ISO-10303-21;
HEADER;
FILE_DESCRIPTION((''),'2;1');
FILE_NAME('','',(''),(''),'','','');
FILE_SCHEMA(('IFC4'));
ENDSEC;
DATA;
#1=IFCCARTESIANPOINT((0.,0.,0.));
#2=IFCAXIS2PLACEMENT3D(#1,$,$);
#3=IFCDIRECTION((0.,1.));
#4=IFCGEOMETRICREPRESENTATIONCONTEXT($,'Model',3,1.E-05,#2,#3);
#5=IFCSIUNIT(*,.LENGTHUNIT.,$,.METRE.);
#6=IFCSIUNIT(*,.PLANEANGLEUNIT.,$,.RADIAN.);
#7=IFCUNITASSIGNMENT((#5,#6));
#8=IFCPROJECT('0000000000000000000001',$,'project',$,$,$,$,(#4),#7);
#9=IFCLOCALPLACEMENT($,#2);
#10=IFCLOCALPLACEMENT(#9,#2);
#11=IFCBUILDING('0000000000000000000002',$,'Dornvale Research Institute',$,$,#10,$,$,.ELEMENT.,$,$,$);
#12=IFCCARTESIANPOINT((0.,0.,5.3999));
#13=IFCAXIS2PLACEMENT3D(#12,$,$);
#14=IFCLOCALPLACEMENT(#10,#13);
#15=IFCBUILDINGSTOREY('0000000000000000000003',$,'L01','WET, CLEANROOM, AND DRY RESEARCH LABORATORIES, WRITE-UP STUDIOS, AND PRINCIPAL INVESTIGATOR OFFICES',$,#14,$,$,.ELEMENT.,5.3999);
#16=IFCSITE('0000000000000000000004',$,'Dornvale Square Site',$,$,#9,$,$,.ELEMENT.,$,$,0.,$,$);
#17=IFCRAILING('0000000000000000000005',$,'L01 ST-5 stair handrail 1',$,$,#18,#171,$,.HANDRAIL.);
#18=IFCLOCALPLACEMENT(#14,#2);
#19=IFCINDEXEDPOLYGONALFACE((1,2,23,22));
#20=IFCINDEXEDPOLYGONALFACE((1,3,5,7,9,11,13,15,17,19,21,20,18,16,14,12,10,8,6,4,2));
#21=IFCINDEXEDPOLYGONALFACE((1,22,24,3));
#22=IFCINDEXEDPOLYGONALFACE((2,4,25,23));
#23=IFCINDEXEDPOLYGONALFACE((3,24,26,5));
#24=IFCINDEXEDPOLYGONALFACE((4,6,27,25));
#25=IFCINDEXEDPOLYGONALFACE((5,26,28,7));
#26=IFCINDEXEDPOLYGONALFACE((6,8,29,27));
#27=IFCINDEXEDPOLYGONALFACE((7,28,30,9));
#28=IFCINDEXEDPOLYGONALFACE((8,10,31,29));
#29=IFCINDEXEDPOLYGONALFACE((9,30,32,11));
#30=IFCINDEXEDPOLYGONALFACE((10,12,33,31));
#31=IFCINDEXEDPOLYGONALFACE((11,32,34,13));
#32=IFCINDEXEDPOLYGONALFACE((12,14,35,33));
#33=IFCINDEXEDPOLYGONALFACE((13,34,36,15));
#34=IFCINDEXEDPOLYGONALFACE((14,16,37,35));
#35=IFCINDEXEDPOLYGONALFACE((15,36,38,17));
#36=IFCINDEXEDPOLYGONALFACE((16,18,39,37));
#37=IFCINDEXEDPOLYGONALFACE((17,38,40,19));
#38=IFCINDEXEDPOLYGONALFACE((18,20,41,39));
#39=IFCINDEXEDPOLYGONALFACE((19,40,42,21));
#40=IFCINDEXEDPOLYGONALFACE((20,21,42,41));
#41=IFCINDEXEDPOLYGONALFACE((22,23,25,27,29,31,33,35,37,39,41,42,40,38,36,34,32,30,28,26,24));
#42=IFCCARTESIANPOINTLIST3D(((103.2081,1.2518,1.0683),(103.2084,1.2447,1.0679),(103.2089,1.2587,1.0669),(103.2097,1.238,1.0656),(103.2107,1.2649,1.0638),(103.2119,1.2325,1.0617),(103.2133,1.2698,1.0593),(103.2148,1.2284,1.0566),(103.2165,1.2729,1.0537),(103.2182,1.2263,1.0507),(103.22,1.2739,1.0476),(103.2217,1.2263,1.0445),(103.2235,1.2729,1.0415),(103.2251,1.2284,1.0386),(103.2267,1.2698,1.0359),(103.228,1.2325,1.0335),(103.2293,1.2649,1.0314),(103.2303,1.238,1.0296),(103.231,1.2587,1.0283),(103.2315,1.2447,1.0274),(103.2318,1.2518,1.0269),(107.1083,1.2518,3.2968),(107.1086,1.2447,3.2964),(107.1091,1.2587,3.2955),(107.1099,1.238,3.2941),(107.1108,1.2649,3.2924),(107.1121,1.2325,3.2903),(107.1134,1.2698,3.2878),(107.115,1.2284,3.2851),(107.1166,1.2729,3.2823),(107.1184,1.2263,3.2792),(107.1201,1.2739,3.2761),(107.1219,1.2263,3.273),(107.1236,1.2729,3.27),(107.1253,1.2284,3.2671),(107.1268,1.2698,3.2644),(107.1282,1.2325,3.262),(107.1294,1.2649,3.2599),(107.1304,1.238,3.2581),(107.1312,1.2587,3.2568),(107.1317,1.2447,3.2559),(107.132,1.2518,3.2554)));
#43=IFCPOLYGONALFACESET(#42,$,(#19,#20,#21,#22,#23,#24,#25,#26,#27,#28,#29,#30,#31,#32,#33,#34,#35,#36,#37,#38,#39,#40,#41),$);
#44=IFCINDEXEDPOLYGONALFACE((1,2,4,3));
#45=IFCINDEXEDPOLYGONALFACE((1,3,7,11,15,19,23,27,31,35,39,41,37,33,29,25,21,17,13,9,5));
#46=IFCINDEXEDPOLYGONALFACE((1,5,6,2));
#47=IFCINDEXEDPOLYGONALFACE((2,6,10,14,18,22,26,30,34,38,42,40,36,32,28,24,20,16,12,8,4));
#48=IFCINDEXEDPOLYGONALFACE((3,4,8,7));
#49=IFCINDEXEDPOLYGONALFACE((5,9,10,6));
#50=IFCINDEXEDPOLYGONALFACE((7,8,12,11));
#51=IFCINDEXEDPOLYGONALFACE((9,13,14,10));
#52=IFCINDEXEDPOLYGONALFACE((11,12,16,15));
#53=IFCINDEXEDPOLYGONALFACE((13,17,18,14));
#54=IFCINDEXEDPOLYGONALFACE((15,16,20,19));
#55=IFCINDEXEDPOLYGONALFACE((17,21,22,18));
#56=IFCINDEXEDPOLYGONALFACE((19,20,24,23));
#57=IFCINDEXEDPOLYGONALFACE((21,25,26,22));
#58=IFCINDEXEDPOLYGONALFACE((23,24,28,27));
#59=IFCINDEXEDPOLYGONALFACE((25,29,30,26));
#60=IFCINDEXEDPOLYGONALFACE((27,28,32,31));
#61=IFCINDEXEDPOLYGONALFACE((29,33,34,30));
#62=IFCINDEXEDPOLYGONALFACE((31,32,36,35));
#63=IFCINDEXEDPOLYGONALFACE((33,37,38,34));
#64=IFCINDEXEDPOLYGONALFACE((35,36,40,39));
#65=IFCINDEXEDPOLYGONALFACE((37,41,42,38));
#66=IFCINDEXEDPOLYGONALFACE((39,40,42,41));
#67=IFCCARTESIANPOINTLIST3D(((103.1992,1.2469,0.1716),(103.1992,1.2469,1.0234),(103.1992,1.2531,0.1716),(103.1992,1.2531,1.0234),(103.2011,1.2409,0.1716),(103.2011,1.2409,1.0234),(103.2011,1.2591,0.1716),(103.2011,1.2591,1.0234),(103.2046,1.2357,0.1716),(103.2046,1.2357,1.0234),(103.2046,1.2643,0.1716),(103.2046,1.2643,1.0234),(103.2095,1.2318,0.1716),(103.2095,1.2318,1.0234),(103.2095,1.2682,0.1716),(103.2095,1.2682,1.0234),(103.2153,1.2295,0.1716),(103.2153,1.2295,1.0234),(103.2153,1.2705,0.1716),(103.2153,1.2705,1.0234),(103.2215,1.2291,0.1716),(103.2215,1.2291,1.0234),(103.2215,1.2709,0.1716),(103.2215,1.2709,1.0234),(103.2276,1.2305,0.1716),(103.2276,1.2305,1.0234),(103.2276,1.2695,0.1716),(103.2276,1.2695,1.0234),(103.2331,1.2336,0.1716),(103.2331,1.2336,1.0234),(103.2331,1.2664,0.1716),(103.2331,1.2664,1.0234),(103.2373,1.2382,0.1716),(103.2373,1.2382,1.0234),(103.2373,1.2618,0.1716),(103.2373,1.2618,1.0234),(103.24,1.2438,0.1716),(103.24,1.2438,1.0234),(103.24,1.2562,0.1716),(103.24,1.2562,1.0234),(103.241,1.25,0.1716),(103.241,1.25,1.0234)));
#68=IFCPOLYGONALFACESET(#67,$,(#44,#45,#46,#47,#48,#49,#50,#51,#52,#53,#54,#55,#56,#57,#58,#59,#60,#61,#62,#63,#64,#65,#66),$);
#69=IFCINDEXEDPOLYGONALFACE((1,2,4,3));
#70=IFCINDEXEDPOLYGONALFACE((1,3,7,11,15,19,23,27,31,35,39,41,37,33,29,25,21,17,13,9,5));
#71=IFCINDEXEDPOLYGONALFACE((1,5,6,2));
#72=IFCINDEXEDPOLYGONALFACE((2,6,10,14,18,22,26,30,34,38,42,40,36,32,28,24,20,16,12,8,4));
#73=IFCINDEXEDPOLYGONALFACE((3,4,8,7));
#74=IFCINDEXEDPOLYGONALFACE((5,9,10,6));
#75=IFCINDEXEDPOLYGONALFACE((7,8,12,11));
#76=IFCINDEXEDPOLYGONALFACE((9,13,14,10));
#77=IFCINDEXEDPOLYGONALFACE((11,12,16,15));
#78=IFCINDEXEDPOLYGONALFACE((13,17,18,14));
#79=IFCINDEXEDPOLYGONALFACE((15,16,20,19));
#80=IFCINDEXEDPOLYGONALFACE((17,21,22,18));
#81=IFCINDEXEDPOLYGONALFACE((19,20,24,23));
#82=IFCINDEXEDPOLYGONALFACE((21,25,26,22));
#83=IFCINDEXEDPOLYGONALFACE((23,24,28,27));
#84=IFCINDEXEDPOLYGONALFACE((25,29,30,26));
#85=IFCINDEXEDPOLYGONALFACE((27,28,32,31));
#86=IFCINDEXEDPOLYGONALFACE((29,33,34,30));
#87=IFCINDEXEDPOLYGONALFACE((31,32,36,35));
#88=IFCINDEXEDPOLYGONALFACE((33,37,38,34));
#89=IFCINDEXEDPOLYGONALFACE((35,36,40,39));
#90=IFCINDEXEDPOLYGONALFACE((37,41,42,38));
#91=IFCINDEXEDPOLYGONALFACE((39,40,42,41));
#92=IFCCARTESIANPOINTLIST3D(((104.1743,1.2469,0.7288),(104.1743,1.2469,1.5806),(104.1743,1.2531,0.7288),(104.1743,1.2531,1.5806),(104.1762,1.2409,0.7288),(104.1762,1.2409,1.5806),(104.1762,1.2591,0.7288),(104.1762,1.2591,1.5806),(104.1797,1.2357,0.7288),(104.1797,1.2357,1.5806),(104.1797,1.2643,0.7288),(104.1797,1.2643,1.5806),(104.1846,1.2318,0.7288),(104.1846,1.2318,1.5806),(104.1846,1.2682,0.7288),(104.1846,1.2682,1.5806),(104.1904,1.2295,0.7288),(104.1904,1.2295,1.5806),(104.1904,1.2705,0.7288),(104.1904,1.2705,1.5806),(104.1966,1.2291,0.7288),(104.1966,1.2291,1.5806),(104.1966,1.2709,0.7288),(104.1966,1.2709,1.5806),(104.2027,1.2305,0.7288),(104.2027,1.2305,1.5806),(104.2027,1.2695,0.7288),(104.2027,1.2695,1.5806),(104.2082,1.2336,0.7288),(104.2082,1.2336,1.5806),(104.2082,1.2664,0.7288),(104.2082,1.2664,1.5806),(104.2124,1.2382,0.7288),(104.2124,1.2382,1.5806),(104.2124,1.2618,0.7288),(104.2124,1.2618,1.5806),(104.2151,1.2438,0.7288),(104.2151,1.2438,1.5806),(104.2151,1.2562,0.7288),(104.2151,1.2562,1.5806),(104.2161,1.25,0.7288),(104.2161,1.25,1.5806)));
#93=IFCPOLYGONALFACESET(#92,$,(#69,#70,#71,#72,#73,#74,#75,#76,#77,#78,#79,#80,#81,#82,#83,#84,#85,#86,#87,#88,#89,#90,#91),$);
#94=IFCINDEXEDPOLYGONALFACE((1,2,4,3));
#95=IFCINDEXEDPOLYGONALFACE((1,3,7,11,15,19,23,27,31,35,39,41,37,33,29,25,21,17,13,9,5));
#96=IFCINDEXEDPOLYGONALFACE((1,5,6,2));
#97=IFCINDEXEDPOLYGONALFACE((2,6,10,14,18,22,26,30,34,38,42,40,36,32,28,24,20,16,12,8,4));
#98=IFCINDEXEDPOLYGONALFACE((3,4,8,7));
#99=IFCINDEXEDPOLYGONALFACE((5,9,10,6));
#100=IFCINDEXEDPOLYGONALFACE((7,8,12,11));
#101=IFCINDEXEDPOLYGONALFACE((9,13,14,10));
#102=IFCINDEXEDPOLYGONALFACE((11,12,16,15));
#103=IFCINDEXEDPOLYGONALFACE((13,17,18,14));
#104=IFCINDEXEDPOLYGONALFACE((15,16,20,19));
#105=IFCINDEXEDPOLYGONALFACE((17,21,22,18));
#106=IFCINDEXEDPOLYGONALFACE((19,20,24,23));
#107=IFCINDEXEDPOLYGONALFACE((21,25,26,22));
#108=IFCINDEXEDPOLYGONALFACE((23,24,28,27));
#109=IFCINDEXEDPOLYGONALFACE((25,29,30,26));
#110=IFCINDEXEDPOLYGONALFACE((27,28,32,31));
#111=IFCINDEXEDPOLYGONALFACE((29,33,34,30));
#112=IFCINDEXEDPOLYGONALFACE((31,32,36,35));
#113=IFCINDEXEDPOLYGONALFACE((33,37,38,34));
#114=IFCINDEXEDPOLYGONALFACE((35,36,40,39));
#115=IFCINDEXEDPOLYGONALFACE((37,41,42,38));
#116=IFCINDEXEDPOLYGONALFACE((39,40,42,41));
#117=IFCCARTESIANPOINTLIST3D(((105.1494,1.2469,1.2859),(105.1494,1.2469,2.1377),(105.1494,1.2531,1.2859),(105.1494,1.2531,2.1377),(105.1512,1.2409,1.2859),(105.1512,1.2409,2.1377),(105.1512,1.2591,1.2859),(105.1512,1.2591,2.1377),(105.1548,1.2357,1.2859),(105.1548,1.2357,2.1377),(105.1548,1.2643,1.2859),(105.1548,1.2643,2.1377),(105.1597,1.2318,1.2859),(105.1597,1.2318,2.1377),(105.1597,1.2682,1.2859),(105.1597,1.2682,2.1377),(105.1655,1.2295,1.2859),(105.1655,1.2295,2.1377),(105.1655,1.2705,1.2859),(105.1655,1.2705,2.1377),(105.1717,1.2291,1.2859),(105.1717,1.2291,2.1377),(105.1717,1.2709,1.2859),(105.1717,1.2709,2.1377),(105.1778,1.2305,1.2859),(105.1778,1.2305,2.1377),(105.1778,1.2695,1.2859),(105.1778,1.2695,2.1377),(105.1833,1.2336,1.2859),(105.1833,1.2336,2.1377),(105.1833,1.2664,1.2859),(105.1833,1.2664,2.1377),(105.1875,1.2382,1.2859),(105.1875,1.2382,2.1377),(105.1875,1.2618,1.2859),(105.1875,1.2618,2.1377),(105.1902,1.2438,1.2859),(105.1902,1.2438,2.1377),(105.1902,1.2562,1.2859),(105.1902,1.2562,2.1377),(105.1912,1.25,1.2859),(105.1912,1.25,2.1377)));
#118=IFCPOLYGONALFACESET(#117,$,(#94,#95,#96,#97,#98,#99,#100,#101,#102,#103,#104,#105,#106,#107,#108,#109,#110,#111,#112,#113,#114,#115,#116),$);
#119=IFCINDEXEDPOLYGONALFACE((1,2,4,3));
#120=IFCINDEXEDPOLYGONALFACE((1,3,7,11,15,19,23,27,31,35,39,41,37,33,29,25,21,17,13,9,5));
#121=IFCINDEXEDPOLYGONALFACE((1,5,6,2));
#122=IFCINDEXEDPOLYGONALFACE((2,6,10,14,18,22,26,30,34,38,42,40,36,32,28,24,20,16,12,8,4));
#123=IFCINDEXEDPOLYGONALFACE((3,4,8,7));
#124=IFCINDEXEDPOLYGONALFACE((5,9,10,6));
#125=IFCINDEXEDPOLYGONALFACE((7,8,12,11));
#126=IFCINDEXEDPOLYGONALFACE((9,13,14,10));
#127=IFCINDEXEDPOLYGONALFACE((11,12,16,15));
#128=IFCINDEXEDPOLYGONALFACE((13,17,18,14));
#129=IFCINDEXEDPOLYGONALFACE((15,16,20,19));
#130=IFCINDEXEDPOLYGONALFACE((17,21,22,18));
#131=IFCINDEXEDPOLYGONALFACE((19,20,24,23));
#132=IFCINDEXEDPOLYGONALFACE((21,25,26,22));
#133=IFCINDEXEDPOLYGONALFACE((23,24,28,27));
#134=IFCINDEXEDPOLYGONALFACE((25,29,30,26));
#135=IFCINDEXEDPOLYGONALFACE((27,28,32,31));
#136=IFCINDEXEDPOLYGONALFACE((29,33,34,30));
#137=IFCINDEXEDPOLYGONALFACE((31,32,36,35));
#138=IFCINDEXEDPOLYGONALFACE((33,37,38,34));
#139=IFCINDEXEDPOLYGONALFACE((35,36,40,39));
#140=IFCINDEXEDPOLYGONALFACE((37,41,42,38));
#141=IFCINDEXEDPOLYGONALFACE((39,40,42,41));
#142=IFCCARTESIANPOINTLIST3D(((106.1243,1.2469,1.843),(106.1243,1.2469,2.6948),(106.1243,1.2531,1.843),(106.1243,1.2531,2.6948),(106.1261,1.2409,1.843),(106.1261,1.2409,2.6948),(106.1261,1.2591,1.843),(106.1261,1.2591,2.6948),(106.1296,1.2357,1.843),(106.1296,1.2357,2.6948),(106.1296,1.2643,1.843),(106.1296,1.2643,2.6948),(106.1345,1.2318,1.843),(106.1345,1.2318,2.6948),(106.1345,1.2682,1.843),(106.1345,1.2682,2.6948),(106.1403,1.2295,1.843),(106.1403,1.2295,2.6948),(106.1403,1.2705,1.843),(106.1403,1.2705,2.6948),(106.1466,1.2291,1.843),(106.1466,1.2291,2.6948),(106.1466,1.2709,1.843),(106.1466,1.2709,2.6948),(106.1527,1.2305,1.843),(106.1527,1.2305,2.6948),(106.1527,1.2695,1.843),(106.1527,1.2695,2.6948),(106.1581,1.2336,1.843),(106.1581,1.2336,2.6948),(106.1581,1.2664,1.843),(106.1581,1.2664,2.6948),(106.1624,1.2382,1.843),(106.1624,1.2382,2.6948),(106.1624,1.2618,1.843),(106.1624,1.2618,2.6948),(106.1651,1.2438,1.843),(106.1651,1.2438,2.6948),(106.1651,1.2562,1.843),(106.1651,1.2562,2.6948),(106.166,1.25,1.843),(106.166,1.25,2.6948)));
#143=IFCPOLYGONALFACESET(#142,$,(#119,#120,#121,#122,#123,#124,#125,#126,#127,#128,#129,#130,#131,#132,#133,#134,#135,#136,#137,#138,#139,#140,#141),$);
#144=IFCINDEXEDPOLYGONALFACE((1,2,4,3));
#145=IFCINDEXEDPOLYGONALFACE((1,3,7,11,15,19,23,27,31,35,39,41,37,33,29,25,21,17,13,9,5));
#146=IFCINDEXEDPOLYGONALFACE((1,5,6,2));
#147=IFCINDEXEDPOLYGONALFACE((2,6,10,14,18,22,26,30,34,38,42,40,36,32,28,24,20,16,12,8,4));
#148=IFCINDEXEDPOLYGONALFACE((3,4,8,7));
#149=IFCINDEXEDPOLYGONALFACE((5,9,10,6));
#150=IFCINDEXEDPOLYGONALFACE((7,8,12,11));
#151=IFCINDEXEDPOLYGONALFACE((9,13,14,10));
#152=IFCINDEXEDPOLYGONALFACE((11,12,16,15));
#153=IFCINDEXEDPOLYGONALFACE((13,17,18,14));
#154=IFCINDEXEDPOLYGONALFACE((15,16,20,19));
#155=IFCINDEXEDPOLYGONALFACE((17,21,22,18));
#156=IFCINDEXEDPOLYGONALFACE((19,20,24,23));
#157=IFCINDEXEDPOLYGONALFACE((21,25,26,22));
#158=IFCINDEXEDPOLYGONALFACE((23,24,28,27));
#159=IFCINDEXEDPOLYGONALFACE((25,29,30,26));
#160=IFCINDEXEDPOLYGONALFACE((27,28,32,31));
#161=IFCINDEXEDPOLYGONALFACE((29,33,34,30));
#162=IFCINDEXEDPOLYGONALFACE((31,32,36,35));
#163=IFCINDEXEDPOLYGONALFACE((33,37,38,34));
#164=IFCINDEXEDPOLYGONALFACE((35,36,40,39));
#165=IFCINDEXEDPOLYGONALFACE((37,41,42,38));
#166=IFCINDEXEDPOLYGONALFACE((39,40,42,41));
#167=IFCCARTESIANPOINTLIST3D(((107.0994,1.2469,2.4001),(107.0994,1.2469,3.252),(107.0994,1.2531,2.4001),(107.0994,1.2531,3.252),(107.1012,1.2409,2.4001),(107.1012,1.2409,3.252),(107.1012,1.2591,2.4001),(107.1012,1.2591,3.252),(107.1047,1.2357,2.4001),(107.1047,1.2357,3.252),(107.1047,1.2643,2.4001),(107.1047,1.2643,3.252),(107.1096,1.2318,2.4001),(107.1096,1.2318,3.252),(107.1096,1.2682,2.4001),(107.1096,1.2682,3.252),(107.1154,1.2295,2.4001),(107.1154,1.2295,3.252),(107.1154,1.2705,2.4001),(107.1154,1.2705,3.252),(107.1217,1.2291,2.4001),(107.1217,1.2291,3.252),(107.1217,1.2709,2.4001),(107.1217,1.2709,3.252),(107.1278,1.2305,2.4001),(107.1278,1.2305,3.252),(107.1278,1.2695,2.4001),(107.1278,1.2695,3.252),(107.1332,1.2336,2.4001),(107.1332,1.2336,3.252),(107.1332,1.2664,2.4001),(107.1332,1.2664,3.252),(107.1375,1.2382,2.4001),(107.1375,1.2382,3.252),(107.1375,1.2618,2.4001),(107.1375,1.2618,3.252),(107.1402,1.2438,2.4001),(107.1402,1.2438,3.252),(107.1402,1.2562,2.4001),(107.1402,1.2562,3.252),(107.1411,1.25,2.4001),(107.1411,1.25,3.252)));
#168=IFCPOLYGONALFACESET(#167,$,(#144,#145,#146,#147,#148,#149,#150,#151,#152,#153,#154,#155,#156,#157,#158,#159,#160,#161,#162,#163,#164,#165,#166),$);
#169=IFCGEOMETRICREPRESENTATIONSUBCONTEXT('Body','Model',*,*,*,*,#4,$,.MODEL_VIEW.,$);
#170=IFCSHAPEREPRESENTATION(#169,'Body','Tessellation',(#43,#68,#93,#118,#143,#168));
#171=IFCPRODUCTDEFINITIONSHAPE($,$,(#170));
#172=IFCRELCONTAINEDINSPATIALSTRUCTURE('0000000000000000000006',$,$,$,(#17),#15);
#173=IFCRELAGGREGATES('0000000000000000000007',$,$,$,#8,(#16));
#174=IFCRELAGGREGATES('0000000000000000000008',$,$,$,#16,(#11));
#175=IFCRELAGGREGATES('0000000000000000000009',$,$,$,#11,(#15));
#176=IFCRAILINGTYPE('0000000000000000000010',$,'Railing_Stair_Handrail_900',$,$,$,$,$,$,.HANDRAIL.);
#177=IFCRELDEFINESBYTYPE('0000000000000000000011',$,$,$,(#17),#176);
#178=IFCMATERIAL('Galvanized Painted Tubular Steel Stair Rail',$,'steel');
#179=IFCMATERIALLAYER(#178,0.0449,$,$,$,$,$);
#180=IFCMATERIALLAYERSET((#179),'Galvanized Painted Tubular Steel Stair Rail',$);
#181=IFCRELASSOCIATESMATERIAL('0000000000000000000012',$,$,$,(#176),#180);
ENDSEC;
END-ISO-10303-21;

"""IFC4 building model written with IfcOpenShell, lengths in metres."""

from ifc_helpers import new_model, si_unit, direction, frame, origin, origin_2d, place, context, subcontext, project, spatial, circle, extrude, material, layer, layer_set, type_object, element, save


model = new_model("IFC4")

# Units and contexts
model_context = context("Model", 3, precision=1e-05, world=origin(), true_north=direction((0.0, 1.0)))
body_context = subcontext(model_context, "Body", "Model", "MODEL_VIEW")
ifc_project = project(units=[si_unit("LENGTHUNIT", "METRE"), si_unit("PLANEANGLEUNIT", "RADIAN")], contexts=[model_context])

# Site, building, storey
site_placement = place(None, origin())
site = spatial("IfcSite", under=ifc_project, at=site_placement, Name="Dornvale Square Site", CompositionType="ELEMENT", RefElevation=0.0)
building_placement = place(site_placement, origin())
building = spatial("IfcBuilding", under=site, at=building_placement, Name="Dornvale Research Institute", CompositionType="ELEMENT")
storey_placement = place(building_placement, frame((0.0, 0.0, 5.3999)))
storey = spatial("IfcBuildingStorey", under=building, at=storey_placement, Name="L01", Description="WET, CLEANROOM, AND DRY RESEARCH LABORATORIES, WRITE-UP STUDIOS, AND PRINCIPAL INVESTIGATOR OFFICES", CompositionType="ELEMENT", Elevation=5.3999)

# Railing
ifc_material_1 = material(Name="Galvanized Painted Tubular Steel Stair Rail", Category="steel")
ifc_layer_1 = layer(ifc_material_1, 0.0449)
ifc_layer_set_1 = layer_set([ifc_layer_1], Name="Galvanized Painted Tubular Steel Stair Rail")
railing_type_1 = type_object("IfcRailingType", Name="Railing_Stair_Handrail_900", PredefinedType="HANDRAIL", material=ifc_layer_set_1)
railing_1_placement = place(storey_placement, frame((103.22, 1.25, 0.1716)))
element("IfcRailing", 1, at=railing_1_placement, inside=storey, type_object=railing_type_1, Name="L01 ST-5 stair handrail 1", PredefinedType="HANDRAIL", context=body_context, shape_type="SweptSolid", body=[
    extrude(circle(Radius=0.0239, at=origin_2d()), frame((0.0, 0.0, 0.876), z_axis=(0.868257, 0.0, 0.496116), x_axis=(0.0, 1.0, 0.0)), (0.0, 0.0, 1.0), 4.4919),
    extrude(circle(Radius=0.021, at=origin_2d()), origin(), (0.0, 0.0, 1.0), 0.8518),
    extrude(circle(Radius=0.021, at=origin_2d()), frame((0.9751, 0.0, 0.5571)), (0.0, 0.0, 1.0), 0.8518),
    extrude(circle(Radius=0.021, at=origin_2d()), frame((1.9502, 0.0, 1.1143)), (0.0, 0.0, 1.0), 0.8518),
    extrude(circle(Radius=0.021, at=origin_2d()), frame((2.925, 0.0, 1.6714)), (0.0, 0.0, 1.0), 0.8518),
    extrude(circle(Radius=0.021, at=origin_2d()), frame((3.9001, 0.0, 2.2285)), (0.0, 0.0, 1.0), 0.8518),
])

save(model, "model.ifc")
